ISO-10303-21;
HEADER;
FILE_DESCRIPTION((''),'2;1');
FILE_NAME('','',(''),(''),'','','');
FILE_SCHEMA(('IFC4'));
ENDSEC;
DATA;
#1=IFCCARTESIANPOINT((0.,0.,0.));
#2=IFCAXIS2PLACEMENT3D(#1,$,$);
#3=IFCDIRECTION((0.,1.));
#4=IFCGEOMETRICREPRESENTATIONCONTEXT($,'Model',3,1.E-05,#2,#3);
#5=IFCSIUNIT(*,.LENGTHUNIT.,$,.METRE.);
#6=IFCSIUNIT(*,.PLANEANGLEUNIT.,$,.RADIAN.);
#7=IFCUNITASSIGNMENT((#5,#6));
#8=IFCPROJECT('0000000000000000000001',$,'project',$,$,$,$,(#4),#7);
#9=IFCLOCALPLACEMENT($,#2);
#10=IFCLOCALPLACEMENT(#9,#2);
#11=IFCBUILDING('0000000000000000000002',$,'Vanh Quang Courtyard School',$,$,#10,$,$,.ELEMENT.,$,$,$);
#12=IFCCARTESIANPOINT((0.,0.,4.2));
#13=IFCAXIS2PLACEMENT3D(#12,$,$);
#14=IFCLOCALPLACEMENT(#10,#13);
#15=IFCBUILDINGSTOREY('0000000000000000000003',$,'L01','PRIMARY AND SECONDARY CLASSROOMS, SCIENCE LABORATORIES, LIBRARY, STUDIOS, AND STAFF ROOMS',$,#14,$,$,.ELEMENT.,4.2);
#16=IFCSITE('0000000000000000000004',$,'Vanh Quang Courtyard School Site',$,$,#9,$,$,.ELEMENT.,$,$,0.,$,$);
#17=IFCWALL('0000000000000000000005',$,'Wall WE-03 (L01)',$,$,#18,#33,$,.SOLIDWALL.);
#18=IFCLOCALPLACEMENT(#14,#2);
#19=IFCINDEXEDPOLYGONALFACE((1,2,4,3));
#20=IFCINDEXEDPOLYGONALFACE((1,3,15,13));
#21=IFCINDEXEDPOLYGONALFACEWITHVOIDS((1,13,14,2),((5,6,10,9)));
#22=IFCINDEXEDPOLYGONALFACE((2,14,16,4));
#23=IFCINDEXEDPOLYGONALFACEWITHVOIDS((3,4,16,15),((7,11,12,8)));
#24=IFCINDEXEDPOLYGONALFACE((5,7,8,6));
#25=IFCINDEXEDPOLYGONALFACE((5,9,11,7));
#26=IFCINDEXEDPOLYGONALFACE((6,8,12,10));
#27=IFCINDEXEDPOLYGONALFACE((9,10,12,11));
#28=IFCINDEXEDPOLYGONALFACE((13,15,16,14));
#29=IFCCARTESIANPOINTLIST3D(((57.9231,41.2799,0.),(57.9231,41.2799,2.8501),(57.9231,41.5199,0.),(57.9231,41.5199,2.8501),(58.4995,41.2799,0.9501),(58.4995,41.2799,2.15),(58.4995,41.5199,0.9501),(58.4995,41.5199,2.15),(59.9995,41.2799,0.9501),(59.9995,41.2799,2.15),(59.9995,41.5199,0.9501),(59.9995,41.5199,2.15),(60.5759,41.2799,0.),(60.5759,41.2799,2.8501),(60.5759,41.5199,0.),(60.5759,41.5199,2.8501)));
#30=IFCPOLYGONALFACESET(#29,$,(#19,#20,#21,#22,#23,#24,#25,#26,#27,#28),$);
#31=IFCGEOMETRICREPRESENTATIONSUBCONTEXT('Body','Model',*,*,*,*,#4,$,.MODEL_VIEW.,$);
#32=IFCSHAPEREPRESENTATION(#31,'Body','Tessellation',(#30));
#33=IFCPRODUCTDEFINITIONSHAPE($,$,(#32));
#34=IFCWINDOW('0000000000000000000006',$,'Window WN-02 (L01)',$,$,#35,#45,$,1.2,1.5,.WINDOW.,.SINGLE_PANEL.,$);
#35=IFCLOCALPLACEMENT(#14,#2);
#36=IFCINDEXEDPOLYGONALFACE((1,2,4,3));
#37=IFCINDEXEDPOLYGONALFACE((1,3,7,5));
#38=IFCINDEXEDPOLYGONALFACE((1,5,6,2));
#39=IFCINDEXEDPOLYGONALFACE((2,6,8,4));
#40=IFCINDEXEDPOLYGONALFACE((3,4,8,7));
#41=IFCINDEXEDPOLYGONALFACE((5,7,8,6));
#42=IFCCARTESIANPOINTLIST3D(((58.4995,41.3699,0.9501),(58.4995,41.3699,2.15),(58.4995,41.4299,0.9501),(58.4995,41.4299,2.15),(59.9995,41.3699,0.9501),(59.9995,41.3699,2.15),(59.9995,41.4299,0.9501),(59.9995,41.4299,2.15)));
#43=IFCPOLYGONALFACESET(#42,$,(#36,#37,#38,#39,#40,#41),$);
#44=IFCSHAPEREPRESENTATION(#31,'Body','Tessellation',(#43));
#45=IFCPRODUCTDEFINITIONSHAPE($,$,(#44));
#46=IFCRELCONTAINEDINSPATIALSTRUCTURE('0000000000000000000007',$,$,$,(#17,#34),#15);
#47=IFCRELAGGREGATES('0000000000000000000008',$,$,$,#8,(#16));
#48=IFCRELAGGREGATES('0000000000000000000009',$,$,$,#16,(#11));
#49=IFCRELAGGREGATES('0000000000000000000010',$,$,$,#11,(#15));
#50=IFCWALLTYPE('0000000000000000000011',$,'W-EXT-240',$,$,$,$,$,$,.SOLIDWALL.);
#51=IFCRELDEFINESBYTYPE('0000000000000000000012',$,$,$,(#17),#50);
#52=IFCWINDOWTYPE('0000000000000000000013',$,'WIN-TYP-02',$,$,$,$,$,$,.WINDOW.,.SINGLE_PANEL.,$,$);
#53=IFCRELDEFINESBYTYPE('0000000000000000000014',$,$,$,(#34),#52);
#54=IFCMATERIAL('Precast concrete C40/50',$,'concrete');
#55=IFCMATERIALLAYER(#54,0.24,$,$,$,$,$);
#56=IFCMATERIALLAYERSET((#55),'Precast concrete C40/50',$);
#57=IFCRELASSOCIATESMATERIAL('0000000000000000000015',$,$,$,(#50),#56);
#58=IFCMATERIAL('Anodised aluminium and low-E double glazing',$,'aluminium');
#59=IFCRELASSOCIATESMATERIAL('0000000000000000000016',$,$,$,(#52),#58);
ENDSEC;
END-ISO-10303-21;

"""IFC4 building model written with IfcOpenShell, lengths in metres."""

from ifc_helpers import new_model, si_unit, direction, frame, frame_2d, origin, place, context, subcontext, project, spatial, rectangle, extrude, material, layer, layer_set, type_object, element, fill, save


model = new_model("IFC4")

# Units and contexts
model_context = context("Model", 3, precision=1e-05, world=origin(), true_north=direction((0.0, 1.0)))
body_context = subcontext(model_context, "Body", "Model", "MODEL_VIEW")
ifc_project = project(units=[si_unit("LENGTHUNIT", "METRE"), si_unit("PLANEANGLEUNIT", "RADIAN")], contexts=[model_context])

# Site, building, storey
site_placement = place(None, origin())
site = spatial("IfcSite", under=ifc_project, at=site_placement, Name="Vanh Quang Courtyard School Site", CompositionType="ELEMENT", RefElevation=0.0)
building_placement = place(site_placement, origin())
building = spatial("IfcBuilding", under=site, at=building_placement, Name="Vanh Quang Courtyard School", CompositionType="ELEMENT")
storey_placement = place(building_placement, frame((0.0, 0.0, 4.2)))
storey = spatial("IfcBuildingStorey", under=building, at=storey_placement, Name="L01", Description="PRIMARY AND SECONDARY CLASSROOMS, SCIENCE LABORATORIES, LIBRARY, STUDIOS, AND STAFF ROOMS", CompositionType="ELEMENT", Elevation=4.2)

# Shared definitions
ifc_material_1 = material(Name="Precast concrete C40/50", Category="concrete")
ifc_layer_1 = layer(ifc_material_1, 0.24)
ifc_layer_set_1 = layer_set([ifc_layer_1], Name="Precast concrete C40/50")
wall_type = type_object("IfcWallType", Name="W-EXT-240", PredefinedType="SOLIDWALL", material=ifc_layer_set_1)

# Wall, opening, window
wall_1_placement = place(storey_placement, frame((57.9231, 41.3999, 0.0), z_axis=(0.0, 0.0, 1.0), x_axis=(1.0, 0.0, 0.0)))
wall_1 = element("IfcWall", 1, at=wall_1_placement, inside=storey, type_object=wall_type, Name="Wall WE-03 (L01)", PredefinedType="SOLIDWALL", context=body_context, shape_type="SweptSolid", body=[
    extrude(rectangle(XDim=2.6528, YDim=0.24, at=frame_2d((1.3264, 0.0))), origin(), (0.0, 0.0, 1.0), 2.8501),
])
opening_placement = place(wall_1_placement, frame((0.5764, 0.0, 0.95)))
opening = element("IfcOpeningElement", 2, at=opening_placement, cuts=wall_1, PredefinedType="OPENING", context=body_context, shape_type="SweptSolid", body=[
    extrude(rectangle(XDim=1.5, YDim=1.2, at=frame_2d((0.75, 0.6001))), frame((0.0, 0.1299, 0.0), z_axis=(0.0, -1.0, 0.0), x_axis=(1.0, 0.0, 0.0)), (0.0, 0.0, 1.0), 0.26),
])
ifc_material_2 = material(Name="Anodised aluminium and low-E double glazing", Category="aluminium")
window_type = type_object("IfcWindowType", Name="WIN-TYP-02", PartitioningType="SINGLE_PANEL", PredefinedType="WINDOW", material=ifc_material_2)
window_placement = place(opening_placement, origin())
window = element("IfcWindow", 3, at=window_placement, inside=storey, type_object=window_type, Name="Window WN-02 (L01)", OverallHeight=1.2, OverallWidth=1.5, PartitioningType="SINGLE_PANEL", PredefinedType="WINDOW", context=body_context, shape_type="SweptSolid", body=[
    extrude(rectangle(XDim=1.5, YDim=1.2, at=frame_2d((0.75, 0.6001))), frame((0.0, 0.03, 0.0), z_axis=(0.0, -1.0, 0.0), x_axis=(1.0, 0.0, 0.0)), (0.0, 0.0, 1.0), 0.0601),
])
fill(opening, window)

save(model, "model.ifc")
